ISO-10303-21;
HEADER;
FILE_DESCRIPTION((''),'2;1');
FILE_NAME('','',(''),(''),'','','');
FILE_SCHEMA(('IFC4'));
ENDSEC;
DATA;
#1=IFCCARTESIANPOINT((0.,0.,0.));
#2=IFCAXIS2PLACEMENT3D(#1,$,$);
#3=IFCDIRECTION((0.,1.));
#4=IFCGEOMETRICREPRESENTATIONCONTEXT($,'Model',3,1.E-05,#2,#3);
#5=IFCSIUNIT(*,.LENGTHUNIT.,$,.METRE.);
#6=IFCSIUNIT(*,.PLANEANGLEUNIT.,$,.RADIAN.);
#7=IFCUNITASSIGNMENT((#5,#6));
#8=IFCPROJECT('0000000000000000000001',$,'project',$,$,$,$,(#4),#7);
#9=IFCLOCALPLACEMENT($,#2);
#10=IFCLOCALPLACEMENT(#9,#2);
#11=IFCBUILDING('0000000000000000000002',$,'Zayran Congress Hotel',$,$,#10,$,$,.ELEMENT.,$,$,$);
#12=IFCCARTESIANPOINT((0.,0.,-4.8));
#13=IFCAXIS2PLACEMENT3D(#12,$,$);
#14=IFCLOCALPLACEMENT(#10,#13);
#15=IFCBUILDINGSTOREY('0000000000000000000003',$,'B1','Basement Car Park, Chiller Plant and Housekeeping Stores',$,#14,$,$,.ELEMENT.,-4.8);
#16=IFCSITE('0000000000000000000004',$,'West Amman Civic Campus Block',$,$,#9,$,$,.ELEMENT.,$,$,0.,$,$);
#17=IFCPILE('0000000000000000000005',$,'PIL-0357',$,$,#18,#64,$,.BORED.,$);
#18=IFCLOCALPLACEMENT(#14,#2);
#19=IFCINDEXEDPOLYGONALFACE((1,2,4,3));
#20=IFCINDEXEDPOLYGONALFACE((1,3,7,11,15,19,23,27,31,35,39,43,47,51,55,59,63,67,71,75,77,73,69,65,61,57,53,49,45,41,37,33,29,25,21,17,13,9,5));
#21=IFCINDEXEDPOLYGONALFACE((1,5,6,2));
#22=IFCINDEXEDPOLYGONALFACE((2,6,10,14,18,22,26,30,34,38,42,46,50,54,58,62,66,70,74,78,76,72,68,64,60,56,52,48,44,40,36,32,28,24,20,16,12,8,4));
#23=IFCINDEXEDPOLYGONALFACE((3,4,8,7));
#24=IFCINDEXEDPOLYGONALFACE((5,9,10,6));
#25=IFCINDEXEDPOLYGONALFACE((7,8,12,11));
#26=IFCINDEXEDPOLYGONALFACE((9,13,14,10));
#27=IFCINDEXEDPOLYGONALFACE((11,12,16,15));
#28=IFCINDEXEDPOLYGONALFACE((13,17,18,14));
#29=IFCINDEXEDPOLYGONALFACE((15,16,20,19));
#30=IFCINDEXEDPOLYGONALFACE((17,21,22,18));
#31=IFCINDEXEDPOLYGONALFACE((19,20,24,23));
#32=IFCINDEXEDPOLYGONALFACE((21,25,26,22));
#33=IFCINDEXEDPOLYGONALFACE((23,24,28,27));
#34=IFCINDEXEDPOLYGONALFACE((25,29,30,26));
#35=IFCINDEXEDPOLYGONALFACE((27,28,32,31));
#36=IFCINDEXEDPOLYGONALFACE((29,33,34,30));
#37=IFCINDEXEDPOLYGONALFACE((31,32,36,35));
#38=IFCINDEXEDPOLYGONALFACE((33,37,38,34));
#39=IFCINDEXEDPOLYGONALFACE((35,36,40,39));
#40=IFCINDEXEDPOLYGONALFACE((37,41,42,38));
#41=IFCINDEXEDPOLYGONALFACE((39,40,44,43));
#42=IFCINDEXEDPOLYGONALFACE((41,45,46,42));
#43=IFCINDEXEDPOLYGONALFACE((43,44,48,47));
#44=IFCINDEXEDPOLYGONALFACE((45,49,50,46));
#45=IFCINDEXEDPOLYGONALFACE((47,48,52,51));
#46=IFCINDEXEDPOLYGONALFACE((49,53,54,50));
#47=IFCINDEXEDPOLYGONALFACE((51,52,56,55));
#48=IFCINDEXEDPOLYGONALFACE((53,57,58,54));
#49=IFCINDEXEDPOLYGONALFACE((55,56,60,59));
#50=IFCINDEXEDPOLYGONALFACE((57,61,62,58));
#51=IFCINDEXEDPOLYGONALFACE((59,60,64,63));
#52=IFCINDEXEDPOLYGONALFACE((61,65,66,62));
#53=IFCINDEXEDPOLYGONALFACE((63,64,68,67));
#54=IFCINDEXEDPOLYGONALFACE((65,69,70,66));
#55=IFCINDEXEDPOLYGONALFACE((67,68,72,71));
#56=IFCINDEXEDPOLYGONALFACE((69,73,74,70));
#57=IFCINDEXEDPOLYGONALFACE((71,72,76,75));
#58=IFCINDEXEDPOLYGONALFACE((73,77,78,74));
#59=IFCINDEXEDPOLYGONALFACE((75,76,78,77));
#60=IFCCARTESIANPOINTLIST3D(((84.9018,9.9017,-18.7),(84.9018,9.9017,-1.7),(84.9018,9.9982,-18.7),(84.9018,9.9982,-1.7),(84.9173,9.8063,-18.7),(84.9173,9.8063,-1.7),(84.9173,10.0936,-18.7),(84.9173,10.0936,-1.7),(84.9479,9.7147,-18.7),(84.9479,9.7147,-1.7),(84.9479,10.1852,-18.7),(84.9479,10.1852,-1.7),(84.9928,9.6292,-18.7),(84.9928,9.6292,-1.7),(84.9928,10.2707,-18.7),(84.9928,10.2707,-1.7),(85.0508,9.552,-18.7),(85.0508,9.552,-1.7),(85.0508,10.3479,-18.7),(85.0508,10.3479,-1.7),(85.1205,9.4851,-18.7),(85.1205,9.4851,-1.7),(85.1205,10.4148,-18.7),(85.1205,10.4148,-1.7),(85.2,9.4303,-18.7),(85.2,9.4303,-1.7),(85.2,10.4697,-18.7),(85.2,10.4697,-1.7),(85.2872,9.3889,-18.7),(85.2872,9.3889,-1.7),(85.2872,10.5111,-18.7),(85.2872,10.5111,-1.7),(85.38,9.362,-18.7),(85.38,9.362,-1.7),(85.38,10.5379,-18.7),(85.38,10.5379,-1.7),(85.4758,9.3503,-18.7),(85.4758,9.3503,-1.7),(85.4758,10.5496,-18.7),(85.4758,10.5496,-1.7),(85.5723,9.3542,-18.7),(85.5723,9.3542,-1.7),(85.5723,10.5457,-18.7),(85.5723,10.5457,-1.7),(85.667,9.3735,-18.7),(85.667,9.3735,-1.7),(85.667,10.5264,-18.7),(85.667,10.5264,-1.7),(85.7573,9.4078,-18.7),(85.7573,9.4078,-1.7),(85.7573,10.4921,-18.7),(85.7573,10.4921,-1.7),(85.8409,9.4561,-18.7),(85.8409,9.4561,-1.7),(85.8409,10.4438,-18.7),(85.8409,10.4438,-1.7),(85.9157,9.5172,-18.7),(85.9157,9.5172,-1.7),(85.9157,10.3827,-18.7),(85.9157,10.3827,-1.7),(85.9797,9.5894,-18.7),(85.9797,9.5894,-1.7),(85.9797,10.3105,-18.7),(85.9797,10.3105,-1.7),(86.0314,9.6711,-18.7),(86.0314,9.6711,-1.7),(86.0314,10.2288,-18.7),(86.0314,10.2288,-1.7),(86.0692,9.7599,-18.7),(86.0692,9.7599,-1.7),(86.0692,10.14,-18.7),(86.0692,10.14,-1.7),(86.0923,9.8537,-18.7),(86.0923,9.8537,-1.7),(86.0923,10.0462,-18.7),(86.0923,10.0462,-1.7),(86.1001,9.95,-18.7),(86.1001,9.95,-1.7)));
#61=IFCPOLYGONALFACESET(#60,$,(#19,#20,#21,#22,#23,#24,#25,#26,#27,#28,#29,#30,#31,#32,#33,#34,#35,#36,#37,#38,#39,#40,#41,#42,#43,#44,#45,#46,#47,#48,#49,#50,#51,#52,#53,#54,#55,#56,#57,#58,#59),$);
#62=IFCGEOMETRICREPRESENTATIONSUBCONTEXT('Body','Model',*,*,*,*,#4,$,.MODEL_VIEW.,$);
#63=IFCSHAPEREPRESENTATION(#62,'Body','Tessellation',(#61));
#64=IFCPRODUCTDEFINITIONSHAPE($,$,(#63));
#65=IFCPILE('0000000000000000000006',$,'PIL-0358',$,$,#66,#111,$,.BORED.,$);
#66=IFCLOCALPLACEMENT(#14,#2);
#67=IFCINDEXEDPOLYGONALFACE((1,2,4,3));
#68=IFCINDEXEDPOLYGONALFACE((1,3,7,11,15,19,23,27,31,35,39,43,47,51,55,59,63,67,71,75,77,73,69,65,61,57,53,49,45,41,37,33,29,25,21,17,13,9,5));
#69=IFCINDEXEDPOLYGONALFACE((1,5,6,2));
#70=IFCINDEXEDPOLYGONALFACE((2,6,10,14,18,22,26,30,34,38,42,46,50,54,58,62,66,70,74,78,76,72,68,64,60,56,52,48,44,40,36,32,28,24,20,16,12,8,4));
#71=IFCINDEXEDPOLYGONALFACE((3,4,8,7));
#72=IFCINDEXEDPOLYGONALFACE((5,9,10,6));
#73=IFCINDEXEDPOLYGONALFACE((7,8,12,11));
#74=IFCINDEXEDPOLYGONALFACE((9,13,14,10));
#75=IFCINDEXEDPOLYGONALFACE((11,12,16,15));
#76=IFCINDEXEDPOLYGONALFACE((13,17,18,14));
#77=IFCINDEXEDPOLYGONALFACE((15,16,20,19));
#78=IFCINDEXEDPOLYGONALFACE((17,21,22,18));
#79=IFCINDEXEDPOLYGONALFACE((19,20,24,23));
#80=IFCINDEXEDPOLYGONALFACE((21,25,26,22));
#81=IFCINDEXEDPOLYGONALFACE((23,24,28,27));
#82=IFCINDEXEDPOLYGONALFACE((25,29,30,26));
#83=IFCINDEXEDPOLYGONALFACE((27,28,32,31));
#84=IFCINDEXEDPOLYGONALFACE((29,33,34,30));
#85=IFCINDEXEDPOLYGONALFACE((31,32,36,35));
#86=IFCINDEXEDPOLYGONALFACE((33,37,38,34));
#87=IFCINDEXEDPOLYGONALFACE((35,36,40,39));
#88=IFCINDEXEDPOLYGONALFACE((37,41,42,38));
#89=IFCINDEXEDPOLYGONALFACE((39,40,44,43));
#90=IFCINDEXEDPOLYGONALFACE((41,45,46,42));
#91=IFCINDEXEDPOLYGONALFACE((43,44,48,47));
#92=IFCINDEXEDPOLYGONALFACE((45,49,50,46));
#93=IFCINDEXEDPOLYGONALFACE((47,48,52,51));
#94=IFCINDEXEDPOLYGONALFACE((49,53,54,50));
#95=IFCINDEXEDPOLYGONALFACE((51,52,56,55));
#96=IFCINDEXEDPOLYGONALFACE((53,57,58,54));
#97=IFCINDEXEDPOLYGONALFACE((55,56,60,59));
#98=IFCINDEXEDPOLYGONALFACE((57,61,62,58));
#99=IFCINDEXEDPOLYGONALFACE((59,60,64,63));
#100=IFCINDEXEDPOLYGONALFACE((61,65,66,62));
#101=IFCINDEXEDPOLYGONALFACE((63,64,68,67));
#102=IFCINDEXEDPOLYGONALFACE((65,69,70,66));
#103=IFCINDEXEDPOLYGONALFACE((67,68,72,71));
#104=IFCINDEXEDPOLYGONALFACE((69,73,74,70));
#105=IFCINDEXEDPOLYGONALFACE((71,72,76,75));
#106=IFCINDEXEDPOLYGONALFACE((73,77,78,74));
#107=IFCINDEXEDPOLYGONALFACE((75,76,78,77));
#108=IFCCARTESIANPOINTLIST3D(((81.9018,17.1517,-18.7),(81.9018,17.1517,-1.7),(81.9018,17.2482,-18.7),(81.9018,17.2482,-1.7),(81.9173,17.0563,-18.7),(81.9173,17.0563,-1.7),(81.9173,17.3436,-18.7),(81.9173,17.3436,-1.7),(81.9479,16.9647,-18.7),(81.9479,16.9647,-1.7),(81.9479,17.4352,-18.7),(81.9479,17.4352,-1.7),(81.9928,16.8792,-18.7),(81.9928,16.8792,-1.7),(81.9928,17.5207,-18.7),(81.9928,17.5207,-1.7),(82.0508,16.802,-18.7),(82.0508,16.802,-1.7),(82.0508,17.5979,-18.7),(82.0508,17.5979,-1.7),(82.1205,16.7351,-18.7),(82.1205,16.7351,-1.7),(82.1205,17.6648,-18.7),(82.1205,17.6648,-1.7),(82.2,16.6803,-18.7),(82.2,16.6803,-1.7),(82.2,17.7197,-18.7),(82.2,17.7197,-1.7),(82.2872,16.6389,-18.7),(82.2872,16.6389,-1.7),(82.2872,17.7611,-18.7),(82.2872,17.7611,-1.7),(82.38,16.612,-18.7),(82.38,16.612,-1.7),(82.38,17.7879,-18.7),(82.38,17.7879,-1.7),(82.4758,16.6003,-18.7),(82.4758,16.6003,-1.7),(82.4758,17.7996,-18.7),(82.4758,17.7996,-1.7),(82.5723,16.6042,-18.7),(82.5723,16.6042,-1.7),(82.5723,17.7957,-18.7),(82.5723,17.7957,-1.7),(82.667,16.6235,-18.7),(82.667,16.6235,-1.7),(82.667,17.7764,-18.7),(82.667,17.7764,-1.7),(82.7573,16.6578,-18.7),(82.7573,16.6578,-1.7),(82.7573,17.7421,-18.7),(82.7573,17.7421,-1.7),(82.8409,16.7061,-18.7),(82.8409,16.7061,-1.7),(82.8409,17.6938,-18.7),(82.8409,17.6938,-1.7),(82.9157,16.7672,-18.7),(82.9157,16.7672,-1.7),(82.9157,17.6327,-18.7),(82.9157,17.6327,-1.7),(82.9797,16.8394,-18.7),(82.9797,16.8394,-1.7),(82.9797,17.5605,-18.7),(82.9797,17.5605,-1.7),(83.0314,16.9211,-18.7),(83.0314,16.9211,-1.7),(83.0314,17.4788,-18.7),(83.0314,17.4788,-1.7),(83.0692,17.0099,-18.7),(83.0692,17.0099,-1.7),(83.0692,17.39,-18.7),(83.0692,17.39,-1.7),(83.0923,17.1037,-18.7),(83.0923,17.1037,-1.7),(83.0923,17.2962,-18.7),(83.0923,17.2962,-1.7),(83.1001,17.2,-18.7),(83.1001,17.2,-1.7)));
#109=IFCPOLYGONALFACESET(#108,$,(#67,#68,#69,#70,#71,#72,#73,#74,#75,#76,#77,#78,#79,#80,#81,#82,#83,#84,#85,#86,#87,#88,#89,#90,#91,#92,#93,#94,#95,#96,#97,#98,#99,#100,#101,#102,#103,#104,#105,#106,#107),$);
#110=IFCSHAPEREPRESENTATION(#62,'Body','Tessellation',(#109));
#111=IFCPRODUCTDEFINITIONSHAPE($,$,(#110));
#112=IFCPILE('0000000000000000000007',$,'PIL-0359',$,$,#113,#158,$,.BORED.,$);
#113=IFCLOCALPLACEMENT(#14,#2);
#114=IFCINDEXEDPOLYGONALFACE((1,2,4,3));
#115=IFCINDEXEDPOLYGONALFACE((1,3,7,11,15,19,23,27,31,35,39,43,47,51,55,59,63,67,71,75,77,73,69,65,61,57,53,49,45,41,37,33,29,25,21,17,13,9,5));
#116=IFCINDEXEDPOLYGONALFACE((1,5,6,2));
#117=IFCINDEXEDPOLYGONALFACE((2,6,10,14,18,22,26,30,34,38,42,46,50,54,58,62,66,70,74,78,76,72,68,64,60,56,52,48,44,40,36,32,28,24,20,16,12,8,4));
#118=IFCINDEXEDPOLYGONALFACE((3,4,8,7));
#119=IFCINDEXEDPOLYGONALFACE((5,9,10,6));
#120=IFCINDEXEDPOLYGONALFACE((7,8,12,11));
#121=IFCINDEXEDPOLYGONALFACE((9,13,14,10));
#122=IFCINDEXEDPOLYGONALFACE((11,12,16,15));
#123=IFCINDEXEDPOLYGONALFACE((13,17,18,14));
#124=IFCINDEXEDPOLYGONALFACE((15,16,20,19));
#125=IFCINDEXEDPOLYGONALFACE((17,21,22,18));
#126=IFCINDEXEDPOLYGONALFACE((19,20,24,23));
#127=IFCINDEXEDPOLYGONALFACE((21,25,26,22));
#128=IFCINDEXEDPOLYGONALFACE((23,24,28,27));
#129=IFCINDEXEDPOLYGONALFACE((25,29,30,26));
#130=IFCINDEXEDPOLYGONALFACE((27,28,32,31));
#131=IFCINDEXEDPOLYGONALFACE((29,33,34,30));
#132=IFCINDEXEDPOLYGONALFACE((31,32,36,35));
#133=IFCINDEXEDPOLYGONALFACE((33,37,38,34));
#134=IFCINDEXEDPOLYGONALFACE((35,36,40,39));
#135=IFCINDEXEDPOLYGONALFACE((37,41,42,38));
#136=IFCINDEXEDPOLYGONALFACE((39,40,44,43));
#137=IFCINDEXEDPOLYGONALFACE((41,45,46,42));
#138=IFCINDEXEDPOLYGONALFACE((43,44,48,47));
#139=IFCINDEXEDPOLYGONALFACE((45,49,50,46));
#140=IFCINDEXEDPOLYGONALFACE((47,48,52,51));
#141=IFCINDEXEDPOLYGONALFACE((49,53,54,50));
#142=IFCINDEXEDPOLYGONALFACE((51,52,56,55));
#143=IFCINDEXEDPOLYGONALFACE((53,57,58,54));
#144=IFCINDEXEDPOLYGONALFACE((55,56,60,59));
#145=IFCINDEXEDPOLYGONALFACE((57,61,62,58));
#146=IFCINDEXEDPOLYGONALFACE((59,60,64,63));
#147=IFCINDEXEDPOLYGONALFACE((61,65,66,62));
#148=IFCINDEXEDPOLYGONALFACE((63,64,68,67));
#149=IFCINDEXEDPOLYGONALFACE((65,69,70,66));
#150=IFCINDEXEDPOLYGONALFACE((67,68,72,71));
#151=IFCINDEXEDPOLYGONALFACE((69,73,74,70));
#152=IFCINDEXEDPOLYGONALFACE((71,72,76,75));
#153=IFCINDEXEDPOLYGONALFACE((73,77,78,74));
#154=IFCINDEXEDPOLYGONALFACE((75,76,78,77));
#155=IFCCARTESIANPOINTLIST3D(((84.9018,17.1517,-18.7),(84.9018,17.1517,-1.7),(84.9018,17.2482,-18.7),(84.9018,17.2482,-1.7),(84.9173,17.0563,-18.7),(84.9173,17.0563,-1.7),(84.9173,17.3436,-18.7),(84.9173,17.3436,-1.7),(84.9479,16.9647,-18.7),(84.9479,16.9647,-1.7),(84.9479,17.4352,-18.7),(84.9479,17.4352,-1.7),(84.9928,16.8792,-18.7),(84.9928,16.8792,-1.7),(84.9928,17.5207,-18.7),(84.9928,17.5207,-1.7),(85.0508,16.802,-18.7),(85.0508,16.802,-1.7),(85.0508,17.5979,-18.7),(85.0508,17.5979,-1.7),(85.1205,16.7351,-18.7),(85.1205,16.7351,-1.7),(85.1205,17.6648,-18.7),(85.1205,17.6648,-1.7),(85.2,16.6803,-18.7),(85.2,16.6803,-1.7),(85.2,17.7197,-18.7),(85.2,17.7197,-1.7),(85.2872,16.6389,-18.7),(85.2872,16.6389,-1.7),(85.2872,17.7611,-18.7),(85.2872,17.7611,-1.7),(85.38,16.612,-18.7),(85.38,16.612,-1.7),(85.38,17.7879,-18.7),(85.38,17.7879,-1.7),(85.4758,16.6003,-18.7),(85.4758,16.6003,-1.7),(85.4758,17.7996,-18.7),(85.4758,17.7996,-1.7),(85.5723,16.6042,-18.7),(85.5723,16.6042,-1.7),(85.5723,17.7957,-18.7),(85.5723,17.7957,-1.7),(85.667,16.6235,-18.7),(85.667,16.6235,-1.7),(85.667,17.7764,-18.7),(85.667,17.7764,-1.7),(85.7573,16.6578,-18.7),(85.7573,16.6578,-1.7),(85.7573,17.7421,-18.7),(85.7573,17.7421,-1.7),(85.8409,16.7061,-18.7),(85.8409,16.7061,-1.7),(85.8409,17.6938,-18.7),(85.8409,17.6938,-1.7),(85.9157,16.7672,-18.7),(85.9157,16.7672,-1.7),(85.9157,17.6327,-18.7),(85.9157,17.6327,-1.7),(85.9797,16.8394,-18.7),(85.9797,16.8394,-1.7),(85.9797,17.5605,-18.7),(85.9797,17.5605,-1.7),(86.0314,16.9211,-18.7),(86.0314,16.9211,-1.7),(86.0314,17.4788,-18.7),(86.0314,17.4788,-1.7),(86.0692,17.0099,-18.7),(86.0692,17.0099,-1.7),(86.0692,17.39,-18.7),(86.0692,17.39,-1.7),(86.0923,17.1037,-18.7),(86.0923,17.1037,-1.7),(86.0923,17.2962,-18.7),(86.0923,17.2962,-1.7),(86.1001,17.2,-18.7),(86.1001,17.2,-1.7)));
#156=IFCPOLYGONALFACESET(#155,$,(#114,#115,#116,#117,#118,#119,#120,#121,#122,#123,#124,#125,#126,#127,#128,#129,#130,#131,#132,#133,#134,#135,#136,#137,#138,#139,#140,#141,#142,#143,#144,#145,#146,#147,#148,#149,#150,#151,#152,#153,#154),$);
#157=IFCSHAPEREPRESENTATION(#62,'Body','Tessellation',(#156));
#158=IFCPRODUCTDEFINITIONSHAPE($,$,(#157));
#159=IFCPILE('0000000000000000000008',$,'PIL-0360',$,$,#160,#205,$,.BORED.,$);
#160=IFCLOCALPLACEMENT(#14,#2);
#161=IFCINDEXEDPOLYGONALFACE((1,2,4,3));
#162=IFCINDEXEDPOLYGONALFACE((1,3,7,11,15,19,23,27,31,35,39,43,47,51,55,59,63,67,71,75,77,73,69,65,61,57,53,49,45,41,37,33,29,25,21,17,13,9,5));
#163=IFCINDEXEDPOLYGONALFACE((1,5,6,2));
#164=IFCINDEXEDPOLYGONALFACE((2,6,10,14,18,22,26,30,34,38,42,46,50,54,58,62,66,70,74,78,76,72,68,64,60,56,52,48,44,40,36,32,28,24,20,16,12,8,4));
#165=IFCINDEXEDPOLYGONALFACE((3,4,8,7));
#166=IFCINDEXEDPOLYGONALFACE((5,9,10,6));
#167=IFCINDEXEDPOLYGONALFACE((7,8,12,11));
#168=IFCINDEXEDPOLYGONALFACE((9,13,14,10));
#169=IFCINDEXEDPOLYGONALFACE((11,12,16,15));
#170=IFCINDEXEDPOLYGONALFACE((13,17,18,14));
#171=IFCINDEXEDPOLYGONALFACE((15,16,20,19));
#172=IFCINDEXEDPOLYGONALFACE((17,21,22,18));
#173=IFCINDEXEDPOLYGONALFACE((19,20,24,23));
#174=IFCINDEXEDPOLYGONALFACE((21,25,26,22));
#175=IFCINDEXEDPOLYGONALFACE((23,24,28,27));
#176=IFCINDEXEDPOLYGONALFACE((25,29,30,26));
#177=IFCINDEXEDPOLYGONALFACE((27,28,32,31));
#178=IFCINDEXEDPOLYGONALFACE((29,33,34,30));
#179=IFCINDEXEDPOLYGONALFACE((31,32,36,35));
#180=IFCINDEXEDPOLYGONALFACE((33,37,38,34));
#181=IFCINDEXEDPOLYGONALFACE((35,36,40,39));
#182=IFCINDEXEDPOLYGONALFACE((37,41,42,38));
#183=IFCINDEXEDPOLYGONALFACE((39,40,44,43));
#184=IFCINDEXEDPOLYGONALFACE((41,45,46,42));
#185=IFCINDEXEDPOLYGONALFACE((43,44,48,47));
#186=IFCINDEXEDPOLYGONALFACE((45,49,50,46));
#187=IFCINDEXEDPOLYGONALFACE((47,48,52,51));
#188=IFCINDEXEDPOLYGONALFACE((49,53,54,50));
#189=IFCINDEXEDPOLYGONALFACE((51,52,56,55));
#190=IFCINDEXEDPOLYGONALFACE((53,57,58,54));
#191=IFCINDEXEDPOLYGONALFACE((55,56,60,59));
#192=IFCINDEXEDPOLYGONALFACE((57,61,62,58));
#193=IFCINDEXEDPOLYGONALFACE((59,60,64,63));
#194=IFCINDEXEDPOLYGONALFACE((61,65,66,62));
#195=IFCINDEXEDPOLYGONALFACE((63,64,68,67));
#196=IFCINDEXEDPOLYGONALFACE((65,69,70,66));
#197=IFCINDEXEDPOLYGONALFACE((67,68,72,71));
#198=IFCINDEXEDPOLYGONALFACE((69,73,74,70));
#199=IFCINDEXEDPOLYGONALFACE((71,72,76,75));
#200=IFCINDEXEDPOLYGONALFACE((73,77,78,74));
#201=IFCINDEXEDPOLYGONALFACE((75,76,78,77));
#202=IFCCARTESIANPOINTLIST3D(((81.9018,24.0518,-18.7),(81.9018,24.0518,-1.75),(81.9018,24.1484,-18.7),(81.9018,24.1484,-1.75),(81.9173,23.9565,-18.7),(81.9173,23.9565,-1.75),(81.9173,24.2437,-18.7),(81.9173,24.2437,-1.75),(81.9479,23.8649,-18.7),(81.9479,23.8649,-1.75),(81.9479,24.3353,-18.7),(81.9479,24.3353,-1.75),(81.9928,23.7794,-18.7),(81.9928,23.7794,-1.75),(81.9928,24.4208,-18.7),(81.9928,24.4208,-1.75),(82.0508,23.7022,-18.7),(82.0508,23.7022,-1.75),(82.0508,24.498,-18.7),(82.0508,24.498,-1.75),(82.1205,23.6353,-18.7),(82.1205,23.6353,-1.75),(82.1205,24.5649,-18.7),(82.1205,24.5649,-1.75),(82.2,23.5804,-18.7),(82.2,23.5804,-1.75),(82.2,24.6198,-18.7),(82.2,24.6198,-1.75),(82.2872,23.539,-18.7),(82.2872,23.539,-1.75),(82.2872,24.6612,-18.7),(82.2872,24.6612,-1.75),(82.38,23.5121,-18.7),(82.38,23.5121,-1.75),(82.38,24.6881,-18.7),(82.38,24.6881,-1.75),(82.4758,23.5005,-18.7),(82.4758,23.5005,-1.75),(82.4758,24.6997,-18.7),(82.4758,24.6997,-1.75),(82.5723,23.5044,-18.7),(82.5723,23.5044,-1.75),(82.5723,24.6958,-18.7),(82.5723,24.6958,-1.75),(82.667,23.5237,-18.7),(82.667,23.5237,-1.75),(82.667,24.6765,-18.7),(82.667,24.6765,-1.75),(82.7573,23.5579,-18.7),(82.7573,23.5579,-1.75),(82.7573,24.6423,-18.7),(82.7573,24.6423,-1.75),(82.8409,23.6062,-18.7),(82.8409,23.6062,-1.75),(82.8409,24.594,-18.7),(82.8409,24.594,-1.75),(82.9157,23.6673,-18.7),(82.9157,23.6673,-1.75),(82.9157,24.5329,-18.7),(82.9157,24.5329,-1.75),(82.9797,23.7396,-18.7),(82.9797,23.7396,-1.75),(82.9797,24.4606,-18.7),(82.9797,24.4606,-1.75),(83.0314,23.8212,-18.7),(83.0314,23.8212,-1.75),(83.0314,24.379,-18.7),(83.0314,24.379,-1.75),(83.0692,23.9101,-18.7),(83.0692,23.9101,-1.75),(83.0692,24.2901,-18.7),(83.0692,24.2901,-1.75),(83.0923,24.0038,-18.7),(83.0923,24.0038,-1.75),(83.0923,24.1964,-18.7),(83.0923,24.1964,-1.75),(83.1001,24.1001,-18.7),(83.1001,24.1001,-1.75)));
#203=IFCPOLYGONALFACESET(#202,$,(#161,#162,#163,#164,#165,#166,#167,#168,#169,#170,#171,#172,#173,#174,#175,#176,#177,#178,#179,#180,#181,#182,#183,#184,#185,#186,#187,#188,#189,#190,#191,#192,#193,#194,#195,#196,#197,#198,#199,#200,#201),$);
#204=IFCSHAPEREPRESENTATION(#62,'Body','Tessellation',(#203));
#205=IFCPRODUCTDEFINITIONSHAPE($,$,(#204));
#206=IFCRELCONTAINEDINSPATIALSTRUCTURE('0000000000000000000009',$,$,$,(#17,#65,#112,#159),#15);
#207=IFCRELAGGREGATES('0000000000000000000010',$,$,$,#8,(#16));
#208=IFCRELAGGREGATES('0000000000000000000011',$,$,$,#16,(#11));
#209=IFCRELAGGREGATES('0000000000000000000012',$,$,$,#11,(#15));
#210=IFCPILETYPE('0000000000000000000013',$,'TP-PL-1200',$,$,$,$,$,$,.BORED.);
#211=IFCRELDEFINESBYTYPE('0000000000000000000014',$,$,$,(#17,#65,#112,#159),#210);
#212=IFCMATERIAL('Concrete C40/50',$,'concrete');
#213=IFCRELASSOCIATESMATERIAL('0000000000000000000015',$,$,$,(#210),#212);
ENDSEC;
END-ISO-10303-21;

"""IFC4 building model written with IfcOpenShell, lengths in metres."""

from ifc_helpers import new_model, si_unit, direction, frame, origin, origin_2d, place, context, subcontext, project, spatial, circle, extrude, material, material_profile, profile_set, type_object, element, save


model = new_model("IFC4")

# Units and contexts
model_context = context("Model", 3, precision=1e-05, world=origin(), true_north=direction((0.0, 1.0)))
body_context = subcontext(model_context, "Body", "Model", "MODEL_VIEW")
ifc_project = project(units=[si_unit("LENGTHUNIT", "METRE"), si_unit("PLANEANGLEUNIT", "RADIAN")], contexts=[model_context])

# Site, building, storey
site_placement = place(None, origin())
site = spatial("IfcSite", under=ifc_project, at=site_placement, Name="West Amman Civic Campus Block", CompositionType="ELEMENT", RefElevation=0.0)
building_placement = place(site_placement, origin())
building = spatial("IfcBuilding", under=site, at=building_placement, Name="Zayran Congress Hotel", CompositionType="ELEMENT")
storey_placement = place(building_placement, frame((0.0, 0.0, -4.8)))
storey = spatial("IfcBuildingStorey", under=building, at=storey_placement, Name="B1", Description="Basement Car Park, Chiller Plant and Housekeeping Stores", CompositionType="ELEMENT", Elevation=-4.8)

# Piles
ifc_material_1 = material(Name="Concrete C40/50", Category="concrete")
ifc_material_profile_1 = material_profile(ifc_material_1, circle(Radius=0.6001, at=origin_2d()), Name="PILE D1200")
ifc_profile_set_1 = profile_set([ifc_material_profile_1], Name="Concrete C40/50")
pile_type = type_object("IfcPileType", Name="TP-PL-1200", PredefinedType="BORED", material=ifc_profile_set_1)
for number, where, z_axis, x_axis, name in (
    (1, (85.5, 9.95, -1.7), (0.0, 0.0, -1.0), (1.0, 0.0, 0.0), "PIL-0357"),
    (2, (82.5, 17.2, -1.7), (0.0, 0.0, -1.0), (1.0, 0.0, 0.0), "PIL-0358"),
    (3, (85.5, 17.2, -1.7), (0.0, 0.0, -1.0), (1.0, 0.0, 0.0), "PIL-0359"),
):
    element("IfcPile", number, at=place(storey_placement, frame(where, z_axis=z_axis, x_axis=x_axis)), inside=storey, type_object=pile_type, Name=name, PredefinedType="BORED", context=body_context, shape_type="SweptSolid", body=[
        extrude(circle(Radius=0.6001, at=origin_2d()), origin(), (0.0, 0.0, 1.0), 17.0),
    ])
for number, where, z_axis, x_axis, name in (
    (4, (82.5, 24.1001, -1.75), (0.0, 0.0, -1.0), (1.0, 0.0, 0.0), "PIL-0360"),
):
    element("IfcPile", number, at=place(storey_placement, frame(where, z_axis=z_axis, x_axis=x_axis)), inside=storey, type_object=pile_type, Name=name, PredefinedType="BORED", context=body_context, shape_type="SweptSolid", body=[
        extrude(circle(Radius=0.6001, at=origin_2d()), origin(), (0.0, 0.0, 1.0), 16.95),
    ])

save(model, "model.ifc")
